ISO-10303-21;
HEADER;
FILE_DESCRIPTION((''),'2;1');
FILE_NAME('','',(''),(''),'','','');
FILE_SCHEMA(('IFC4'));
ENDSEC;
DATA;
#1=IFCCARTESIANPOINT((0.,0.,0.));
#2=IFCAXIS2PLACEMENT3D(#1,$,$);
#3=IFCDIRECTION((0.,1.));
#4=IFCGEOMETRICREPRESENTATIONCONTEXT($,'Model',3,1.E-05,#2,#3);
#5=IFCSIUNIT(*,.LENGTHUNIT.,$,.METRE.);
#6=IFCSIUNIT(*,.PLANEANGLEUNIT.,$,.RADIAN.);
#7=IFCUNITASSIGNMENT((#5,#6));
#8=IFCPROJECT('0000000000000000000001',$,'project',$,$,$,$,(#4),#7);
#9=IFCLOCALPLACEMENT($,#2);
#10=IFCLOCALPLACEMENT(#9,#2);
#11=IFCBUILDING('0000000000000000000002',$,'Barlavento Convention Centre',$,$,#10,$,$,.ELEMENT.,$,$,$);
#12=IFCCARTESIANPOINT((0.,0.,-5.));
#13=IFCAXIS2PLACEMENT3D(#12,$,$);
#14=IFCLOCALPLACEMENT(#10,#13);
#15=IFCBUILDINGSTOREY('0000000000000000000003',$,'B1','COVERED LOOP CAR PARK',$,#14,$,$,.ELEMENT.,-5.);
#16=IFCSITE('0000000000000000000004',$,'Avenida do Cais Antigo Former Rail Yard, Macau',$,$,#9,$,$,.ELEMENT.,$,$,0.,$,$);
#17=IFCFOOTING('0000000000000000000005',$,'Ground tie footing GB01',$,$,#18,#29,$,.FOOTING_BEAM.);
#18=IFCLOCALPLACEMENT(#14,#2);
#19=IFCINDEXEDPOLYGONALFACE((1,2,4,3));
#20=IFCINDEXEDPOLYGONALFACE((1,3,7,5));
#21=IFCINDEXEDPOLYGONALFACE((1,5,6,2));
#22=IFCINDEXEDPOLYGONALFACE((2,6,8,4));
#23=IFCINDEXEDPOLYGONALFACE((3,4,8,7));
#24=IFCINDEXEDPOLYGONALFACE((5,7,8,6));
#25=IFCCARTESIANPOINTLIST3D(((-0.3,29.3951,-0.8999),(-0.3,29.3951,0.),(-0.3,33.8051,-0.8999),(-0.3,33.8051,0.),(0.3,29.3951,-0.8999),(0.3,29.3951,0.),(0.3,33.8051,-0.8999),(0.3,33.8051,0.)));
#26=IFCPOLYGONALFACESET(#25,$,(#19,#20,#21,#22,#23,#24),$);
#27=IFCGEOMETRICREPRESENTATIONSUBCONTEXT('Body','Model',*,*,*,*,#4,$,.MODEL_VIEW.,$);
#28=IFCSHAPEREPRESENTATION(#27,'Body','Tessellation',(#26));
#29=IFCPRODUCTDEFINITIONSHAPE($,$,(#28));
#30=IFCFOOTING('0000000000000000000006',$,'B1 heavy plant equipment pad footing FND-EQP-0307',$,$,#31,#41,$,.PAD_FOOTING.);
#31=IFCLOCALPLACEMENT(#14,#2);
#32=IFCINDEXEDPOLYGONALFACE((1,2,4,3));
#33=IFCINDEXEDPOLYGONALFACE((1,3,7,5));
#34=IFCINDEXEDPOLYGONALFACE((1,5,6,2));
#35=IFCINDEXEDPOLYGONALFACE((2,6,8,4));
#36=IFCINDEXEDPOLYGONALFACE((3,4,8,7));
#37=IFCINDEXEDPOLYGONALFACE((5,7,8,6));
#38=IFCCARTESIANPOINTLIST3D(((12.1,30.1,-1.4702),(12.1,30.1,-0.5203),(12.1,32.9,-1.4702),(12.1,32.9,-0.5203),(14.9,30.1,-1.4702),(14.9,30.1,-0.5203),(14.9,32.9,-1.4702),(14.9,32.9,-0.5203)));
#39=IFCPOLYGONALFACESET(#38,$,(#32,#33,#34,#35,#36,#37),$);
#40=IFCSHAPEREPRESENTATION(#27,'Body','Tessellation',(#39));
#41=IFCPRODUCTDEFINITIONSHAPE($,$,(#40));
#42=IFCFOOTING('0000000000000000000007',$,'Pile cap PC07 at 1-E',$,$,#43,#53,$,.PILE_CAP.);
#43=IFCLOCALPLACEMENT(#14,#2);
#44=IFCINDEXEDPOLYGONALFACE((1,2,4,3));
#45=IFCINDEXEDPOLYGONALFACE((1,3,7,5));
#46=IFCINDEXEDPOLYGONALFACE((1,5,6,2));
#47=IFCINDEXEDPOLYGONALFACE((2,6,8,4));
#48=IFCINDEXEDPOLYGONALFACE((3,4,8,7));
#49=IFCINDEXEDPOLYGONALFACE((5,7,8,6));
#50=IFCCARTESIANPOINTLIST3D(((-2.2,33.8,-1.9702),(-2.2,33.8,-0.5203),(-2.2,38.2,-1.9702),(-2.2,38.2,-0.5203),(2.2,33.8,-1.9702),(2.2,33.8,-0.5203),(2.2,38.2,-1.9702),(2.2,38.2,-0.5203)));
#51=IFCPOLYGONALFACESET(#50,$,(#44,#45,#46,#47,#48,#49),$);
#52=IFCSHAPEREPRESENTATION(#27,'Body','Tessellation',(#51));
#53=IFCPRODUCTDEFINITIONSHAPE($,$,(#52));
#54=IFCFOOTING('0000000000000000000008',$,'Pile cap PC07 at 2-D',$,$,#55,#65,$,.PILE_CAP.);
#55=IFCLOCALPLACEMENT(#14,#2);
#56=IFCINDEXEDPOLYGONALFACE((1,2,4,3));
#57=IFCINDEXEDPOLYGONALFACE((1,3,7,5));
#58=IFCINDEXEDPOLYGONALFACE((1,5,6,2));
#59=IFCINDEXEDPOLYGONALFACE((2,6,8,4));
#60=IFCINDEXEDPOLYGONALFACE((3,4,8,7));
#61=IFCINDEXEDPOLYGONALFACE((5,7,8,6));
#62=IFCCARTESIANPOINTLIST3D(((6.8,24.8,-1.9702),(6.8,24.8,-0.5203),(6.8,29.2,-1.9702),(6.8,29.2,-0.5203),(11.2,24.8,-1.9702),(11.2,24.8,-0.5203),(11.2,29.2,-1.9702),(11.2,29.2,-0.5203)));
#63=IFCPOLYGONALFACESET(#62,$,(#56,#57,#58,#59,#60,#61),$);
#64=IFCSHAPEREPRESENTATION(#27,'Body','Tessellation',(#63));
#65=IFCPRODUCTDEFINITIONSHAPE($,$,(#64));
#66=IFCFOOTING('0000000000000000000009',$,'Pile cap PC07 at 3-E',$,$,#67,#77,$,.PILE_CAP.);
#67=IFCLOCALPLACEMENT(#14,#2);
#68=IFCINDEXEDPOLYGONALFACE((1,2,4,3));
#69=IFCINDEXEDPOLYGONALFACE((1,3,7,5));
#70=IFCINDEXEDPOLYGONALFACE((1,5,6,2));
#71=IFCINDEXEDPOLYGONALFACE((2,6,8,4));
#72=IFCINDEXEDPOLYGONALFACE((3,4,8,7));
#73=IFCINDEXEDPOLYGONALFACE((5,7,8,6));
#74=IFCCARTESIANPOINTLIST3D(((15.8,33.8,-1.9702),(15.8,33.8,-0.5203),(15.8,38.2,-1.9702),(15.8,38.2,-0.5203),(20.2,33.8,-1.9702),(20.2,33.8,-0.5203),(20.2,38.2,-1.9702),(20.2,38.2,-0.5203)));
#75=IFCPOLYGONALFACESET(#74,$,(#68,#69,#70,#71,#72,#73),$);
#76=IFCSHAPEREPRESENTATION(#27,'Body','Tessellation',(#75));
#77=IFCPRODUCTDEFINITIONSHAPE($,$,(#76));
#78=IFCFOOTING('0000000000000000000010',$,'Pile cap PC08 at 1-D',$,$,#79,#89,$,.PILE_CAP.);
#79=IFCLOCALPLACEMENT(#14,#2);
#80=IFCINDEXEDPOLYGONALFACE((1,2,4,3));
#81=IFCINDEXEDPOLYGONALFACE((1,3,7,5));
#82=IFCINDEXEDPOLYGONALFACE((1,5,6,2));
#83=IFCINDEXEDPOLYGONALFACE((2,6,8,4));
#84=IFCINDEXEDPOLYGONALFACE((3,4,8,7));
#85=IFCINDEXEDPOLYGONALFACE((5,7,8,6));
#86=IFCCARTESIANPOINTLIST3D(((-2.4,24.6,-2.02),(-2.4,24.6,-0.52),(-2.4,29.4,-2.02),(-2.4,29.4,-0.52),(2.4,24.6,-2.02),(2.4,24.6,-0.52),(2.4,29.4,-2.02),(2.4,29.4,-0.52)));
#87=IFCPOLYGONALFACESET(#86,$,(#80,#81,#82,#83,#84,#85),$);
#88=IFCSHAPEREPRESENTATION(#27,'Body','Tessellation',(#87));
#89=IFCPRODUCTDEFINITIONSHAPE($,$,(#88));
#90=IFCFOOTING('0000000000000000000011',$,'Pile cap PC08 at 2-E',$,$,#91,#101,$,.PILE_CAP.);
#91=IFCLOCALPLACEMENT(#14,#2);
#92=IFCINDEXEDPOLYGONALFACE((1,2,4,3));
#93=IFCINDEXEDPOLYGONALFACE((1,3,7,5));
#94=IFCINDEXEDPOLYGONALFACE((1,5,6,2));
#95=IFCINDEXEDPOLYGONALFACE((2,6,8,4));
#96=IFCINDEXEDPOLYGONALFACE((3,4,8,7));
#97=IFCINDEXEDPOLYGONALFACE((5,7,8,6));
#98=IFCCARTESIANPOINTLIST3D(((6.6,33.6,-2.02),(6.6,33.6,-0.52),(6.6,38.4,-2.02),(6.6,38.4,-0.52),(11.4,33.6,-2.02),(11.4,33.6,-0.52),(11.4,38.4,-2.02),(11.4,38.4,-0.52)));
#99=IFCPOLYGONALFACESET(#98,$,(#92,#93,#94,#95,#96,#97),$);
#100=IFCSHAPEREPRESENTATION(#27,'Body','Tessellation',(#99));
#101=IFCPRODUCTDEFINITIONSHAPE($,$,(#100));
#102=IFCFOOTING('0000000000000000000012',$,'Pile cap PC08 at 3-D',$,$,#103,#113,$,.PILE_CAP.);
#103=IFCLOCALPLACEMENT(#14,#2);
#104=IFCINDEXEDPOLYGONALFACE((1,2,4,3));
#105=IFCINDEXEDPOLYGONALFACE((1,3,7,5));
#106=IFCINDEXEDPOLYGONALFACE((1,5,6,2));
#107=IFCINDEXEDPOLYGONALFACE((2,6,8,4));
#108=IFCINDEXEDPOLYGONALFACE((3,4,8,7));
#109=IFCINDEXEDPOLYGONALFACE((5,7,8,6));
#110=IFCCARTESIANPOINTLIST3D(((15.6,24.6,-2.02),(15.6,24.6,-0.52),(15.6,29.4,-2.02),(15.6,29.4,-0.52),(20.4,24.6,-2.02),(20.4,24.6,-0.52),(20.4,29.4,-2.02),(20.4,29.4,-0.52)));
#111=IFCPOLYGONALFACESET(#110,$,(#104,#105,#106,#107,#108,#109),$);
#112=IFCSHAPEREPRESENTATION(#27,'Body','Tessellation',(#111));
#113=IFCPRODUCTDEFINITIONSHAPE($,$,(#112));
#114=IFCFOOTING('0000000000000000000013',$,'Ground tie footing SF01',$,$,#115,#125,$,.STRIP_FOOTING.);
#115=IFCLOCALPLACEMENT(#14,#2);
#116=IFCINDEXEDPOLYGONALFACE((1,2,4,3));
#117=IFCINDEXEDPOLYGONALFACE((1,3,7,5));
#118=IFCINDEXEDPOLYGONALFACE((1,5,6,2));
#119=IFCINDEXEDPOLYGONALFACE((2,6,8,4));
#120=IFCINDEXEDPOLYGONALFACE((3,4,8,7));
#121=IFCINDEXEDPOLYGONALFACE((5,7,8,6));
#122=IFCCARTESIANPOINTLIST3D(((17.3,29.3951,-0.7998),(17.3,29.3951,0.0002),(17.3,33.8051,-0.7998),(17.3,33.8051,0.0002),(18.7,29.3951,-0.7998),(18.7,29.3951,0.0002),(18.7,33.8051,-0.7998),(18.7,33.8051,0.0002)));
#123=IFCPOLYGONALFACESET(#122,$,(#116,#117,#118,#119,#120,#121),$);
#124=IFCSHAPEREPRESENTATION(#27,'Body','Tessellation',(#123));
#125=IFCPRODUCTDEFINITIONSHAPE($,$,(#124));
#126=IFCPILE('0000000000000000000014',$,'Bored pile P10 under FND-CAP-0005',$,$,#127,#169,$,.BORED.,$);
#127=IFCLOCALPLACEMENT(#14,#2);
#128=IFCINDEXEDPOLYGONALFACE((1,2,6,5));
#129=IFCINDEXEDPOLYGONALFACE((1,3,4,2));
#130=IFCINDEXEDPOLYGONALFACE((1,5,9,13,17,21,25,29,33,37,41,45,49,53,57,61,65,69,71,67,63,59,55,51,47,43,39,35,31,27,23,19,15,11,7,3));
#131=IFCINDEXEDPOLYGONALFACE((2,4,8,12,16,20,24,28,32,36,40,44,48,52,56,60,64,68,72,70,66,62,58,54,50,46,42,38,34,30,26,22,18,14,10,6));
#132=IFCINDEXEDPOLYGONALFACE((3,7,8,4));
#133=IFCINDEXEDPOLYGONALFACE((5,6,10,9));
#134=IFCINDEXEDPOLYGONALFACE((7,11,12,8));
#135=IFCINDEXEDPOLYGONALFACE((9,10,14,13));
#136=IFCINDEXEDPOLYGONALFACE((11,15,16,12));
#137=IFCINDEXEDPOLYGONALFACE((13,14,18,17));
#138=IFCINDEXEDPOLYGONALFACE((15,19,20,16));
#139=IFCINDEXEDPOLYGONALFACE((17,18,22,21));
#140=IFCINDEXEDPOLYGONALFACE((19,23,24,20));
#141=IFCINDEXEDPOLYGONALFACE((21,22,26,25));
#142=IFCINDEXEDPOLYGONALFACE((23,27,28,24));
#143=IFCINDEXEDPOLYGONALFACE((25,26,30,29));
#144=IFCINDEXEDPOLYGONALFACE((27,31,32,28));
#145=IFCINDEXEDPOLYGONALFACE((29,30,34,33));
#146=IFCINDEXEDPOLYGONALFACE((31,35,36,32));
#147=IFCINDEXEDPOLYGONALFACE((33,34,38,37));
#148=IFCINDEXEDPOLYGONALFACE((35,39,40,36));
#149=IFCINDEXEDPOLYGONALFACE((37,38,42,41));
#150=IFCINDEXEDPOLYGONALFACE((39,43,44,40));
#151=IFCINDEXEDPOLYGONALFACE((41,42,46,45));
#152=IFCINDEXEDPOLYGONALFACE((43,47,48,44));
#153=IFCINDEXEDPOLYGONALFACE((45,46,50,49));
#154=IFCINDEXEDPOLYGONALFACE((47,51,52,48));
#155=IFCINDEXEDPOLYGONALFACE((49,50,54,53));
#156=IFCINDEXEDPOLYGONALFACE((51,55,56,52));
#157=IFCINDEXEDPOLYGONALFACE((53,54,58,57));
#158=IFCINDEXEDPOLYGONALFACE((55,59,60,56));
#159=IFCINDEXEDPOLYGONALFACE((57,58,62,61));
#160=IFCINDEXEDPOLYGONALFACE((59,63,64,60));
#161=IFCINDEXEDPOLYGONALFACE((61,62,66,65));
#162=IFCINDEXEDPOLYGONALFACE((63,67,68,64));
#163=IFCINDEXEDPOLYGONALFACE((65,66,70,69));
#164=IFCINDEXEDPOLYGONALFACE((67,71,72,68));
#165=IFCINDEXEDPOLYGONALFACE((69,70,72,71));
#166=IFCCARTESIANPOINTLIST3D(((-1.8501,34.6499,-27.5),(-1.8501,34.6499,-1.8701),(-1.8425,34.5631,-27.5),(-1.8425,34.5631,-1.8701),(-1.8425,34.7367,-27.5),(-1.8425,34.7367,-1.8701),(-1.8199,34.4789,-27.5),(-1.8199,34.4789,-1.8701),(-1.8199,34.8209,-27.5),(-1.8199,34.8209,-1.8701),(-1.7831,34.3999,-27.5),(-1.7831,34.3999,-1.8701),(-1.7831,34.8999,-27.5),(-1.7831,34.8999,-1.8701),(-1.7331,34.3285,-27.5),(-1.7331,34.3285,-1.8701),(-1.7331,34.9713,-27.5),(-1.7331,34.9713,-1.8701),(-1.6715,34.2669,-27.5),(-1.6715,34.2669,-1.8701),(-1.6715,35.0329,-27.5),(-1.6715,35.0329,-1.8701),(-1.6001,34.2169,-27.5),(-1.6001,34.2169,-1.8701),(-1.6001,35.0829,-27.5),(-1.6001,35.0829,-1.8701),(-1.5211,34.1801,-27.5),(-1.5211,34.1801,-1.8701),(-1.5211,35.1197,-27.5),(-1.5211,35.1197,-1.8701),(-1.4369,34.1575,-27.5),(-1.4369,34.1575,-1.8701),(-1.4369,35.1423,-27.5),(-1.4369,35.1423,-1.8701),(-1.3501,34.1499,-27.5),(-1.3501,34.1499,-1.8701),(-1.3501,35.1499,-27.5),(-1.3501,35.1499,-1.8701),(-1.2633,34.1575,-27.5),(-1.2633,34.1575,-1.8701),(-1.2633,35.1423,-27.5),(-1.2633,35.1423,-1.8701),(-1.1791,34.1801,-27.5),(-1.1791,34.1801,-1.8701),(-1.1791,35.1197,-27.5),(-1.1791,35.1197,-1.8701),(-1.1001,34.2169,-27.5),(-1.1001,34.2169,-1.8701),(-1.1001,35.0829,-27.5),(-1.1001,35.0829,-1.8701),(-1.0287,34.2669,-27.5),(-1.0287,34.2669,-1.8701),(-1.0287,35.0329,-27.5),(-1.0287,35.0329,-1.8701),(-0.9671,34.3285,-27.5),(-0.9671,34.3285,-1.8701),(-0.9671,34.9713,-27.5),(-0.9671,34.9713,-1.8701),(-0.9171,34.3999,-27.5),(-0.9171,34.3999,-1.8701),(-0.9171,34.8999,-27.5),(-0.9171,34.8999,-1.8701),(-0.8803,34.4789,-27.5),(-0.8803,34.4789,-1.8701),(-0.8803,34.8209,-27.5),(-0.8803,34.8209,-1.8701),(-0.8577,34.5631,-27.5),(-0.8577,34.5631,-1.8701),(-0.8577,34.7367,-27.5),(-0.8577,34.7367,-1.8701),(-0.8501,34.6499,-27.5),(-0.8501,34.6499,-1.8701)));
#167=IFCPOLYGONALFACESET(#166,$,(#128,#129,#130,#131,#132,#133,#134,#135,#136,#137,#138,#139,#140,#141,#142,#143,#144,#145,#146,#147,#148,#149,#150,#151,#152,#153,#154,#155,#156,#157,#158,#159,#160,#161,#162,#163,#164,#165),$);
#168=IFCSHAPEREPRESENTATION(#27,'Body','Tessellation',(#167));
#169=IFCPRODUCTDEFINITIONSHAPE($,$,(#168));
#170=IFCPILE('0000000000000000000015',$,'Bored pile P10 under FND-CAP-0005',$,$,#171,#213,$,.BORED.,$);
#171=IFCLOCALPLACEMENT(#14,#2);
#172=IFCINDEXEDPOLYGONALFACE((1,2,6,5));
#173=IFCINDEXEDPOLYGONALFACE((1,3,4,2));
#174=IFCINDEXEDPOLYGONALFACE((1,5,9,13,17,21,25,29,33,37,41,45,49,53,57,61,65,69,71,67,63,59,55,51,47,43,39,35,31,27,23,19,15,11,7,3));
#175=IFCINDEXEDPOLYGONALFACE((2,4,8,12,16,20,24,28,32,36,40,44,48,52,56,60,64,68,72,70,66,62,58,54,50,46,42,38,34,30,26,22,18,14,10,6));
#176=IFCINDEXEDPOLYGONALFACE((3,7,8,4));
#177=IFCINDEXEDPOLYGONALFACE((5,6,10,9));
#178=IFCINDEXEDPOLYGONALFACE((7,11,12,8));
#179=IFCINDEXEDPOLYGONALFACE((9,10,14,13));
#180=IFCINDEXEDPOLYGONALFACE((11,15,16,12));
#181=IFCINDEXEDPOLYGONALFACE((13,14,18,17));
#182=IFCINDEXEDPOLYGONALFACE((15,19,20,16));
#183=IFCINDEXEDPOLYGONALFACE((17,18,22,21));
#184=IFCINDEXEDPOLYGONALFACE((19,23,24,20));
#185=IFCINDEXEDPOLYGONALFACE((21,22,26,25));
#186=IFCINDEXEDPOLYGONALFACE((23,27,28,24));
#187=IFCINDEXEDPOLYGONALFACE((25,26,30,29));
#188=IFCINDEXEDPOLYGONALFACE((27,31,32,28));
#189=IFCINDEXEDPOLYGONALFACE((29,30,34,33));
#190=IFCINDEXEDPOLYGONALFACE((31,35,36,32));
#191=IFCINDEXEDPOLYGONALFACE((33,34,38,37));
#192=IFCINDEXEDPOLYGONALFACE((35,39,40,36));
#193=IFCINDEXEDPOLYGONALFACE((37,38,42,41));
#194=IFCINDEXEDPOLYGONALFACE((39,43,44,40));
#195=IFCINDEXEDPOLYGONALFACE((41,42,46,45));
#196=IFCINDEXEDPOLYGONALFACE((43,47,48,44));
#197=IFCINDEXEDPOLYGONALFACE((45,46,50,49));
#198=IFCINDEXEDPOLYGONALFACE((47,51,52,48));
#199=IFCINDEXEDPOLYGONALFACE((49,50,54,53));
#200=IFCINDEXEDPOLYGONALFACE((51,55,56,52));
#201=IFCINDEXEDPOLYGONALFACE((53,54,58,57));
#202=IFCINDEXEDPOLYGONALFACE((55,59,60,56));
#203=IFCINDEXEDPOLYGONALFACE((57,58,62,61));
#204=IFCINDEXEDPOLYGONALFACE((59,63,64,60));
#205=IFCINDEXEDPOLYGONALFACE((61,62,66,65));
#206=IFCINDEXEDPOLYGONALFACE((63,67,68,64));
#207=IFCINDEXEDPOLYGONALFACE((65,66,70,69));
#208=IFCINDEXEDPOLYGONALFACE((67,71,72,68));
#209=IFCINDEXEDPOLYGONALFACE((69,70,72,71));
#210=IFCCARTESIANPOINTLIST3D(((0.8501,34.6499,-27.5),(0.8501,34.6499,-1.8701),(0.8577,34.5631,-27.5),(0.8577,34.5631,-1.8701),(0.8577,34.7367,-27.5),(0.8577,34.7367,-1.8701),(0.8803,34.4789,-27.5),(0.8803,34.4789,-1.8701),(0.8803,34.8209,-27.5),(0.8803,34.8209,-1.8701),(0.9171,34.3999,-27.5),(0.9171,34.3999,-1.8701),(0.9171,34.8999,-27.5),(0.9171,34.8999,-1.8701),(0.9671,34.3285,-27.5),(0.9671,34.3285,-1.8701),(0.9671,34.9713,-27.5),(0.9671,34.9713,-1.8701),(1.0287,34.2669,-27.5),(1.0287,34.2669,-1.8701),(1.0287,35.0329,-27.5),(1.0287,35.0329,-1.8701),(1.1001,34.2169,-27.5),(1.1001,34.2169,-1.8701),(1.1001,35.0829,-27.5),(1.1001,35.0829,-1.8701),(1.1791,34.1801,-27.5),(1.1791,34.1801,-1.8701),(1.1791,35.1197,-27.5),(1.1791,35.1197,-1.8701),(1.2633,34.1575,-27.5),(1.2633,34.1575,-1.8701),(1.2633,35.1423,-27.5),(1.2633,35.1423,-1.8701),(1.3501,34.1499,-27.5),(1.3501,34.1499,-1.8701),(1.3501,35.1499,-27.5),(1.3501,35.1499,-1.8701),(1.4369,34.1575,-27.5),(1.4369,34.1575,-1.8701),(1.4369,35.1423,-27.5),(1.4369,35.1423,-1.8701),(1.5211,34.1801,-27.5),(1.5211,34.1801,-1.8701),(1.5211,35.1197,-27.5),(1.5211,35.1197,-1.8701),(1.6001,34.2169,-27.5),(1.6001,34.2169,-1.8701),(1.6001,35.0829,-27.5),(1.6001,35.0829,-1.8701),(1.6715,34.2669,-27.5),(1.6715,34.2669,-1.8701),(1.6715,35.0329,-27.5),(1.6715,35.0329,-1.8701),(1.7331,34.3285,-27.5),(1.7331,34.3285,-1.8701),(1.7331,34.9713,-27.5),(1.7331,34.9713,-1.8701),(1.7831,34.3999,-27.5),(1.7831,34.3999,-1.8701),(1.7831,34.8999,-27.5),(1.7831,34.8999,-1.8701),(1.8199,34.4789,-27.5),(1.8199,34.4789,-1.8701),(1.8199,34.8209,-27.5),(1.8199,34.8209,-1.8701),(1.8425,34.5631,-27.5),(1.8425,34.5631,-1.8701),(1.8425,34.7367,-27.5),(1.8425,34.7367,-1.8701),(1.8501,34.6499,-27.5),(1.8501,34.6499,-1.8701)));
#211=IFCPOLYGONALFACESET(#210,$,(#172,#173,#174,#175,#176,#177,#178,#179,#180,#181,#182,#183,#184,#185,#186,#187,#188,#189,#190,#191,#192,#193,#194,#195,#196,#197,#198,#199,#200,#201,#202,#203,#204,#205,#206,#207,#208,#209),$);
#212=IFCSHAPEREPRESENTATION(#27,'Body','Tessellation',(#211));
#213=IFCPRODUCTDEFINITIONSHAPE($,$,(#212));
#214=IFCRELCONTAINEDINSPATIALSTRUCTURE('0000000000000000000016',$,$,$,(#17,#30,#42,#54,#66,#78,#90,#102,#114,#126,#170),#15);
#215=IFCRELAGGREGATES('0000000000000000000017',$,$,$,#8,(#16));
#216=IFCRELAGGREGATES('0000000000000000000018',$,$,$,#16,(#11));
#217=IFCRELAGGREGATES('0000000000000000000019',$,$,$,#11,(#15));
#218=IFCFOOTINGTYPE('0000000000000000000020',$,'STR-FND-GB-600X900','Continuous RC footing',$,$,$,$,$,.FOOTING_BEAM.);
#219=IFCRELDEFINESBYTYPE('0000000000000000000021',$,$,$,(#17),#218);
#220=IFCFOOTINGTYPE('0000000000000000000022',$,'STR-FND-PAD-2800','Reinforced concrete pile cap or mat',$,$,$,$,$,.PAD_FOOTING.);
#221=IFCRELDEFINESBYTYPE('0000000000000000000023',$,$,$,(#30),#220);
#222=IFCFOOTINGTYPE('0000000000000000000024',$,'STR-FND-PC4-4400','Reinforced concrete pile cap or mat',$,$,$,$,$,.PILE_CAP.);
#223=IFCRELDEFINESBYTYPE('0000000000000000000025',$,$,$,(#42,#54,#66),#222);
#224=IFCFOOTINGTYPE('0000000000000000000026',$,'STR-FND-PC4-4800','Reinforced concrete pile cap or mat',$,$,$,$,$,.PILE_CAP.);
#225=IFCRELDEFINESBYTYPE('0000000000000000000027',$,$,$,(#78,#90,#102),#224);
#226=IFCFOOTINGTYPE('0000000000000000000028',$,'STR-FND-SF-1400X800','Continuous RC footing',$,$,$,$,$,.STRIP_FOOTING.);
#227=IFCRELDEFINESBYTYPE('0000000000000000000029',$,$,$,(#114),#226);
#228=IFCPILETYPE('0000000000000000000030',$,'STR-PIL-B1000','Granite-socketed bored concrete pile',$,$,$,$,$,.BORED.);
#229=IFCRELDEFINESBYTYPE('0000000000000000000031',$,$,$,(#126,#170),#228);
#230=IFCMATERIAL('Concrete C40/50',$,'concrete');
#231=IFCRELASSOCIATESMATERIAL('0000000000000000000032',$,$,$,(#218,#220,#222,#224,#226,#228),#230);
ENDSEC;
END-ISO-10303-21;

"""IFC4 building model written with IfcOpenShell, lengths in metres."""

from ifc_helpers import new_model, si_unit, direction, frame, origin, origin_2d, place, context, subcontext, project, spatial, rectangle, circle, extrude, material, material_profile, profile_set, type_object, element, save


model = new_model("IFC4")

# Units and contexts
model_context = context("Model", 3, precision=1e-05, world=origin(), true_north=direction((0.0, 1.0)))
body_context = subcontext(model_context, "Body", "Model", "MODEL_VIEW")
ifc_project = project(units=[si_unit("LENGTHUNIT", "METRE"), si_unit("PLANEANGLEUNIT", "RADIAN")], contexts=[model_context])

# Site, building, storey
site_placement = place(None, origin())
site = spatial("IfcSite", under=ifc_project, at=site_placement, Name="Avenida do Cais Antigo Former Rail Yard, Macau", CompositionType="ELEMENT", RefElevation=0.0)
building_placement = place(site_placement, origin())
building = spatial("IfcBuilding", under=site, at=building_placement, Name="Barlavento Convention Centre", CompositionType="ELEMENT")
storey_placement = place(building_placement, frame((0.0, 0.0, -5.0)))
storey = spatial("IfcBuildingStorey", under=building, at=storey_placement, Name="B1", Description="COVERED LOOP CAR PARK", CompositionType="ELEMENT", Elevation=-5.0)

# Footings
ifc_material_1 = material(Name="Concrete C40/50", Category="concrete")
footing_type_1 = type_object("IfcFootingType", Name="STR-FND-GB-600X900", Description="Continuous RC footing", PredefinedType="FOOTING_BEAM", material=ifc_material_1)
footing_1_placement = place(storey_placement, frame((0.0, 31.6001, -0.8999), z_axis=(0.0, 0.0, 1.0), x_axis=(1.0, 0.0, 0.0)))
element("IfcFooting", 1, at=footing_1_placement, inside=storey, type_object=footing_type_1, Name="Ground tie footing GB01", PredefinedType="FOOTING_BEAM", context=body_context, shape_type="SweptSolid", body=[
    extrude(rectangle(XDim=0.6001, YDim=4.4099, at=origin_2d()), origin(), (0.0, 0.0, 1.0), 0.8999),
])
footing_type_2 = type_object("IfcFootingType", Name="STR-FND-PAD-2800", Description="Reinforced concrete pile cap or mat", PredefinedType="PAD_FOOTING", material=ifc_material_1)
footing_2_placement = place(storey_placement, frame((13.5, 31.5, -1.4702), z_axis=(0.0, 0.0, 1.0), x_axis=(1.0, 0.0, 0.0)))
element("IfcFooting", 2, at=footing_2_placement, inside=storey, type_object=footing_type_2, Name="B1 heavy plant equipment pad footing FND-EQP-0307", PredefinedType="PAD_FOOTING", context=body_context, shape_type="SweptSolid", body=[
    extrude(rectangle(XDim=2.8, YDim=2.8, at=origin_2d()), origin(), (0.0, 0.0, 1.0), 0.95),
])
footing_type_3 = type_object("IfcFootingType", Name="STR-FND-PC4-4400", Description="Reinforced concrete pile cap or mat", PredefinedType="PILE_CAP", material=ifc_material_1)
for number, where, z_axis, x_axis, name in (
    (3, (0.0, 36.0, -1.9702), (0.0, 0.0, 1.0), (1.0, 0.0, 0.0), "Pile cap PC07 at 1-E"),
    (4, (9.0, 27.0, -1.9702), (0.0, 0.0, 1.0), (1.0, 0.0, 0.0), "Pile cap PC07 at 2-D"),
    (5, (18.0, 36.0, -1.9702), (0.0, 0.0, 1.0), (1.0, 0.0, 0.0), "Pile cap PC07 at 3-E"),
):
    element("IfcFooting", number, at=place(storey_placement, frame(where, z_axis=z_axis, x_axis=x_axis)), inside=storey, type_object=footing_type_3, Name=name, PredefinedType="PILE_CAP", context=body_context, shape_type="SweptSolid", body=[
        extrude(rectangle(XDim=4.3999, YDim=4.3999, at=origin_2d()), origin(), (0.0, 0.0, 1.0), 1.45),
    ])
footing_type_4 = type_object("IfcFootingType", Name="STR-FND-PC4-4800", Description="Reinforced concrete pile cap or mat", PredefinedType="PILE_CAP", material=ifc_material_1)
for number, where, z_axis, x_axis, name in (
    (6, (0.0, 27.0, -2.02), (0.0, 0.0, 1.0), (1.0, 0.0, 0.0), "Pile cap PC08 at 1-D"),
    (7, (9.0, 36.0, -2.02), (0.0, 0.0, 1.0), (1.0, 0.0, 0.0), "Pile cap PC08 at 2-E"),
    (8, (18.0, 27.0, -2.02), (0.0, 0.0, 1.0), (1.0, 0.0, 0.0), "Pile cap PC08 at 3-D"),
):
    element("IfcFooting", number, at=place(storey_placement, frame(where, z_axis=z_axis, x_axis=x_axis)), inside=storey, type_object=footing_type_4, Name=name, PredefinedType="PILE_CAP", context=body_context, shape_type="SweptSolid", body=[
        extrude(rectangle(XDim=4.8, YDim=4.8, at=origin_2d()), origin(), (0.0, 0.0, 1.0), 1.5),
    ])
footing_type_5 = type_object("IfcFootingType", Name="STR-FND-SF-1400X800", Description="Continuous RC footing", PredefinedType="STRIP_FOOTING", material=ifc_material_1)
footing_3_placement = place(storey_placement, frame((18.0, 31.6001, -0.7998), z_axis=(0.0, 0.0, 1.0), x_axis=(1.0, 0.0, 0.0)))
element("IfcFooting", 9, at=footing_3_placement, inside=storey, type_object=footing_type_5, Name="Ground tie footing SF01", PredefinedType="STRIP_FOOTING", context=body_context, shape_type="SweptSolid", body=[
    extrude(rectangle(XDim=1.3999, YDim=4.4099, at=origin_2d()), origin(), (0.0, 0.0, 1.0), 0.8),
])

# Piles
ifc_material_profile_1 = material_profile(ifc_material_1, circle(Radius=0.5, at=origin_2d()), Name="BORED PILE 1000")
ifc_profile_set_1 = profile_set([ifc_material_profile_1], Name="Concrete C40/50")
pile_type_1 = type_object("IfcPileType", Name="STR-PIL-B1000", Description="Granite-socketed bored concrete pile", PredefinedType="BORED", material=ifc_profile_set_1)
for number, where, z_axis, x_axis, name in (
    (10, (-1.3501, 34.6499, -1.8701), (0.0, 0.0, -1.0), (1.0, 0.0, 0.0), "Bored pile P10 under FND-CAP-0005"),
    (11, (1.3501, 34.6499, -1.8701), (0.0, 0.0, -1.0), (1.0, 0.0, 0.0), "Bored pile P10 under FND-CAP-0005"),
):
    element("IfcPile", number, at=place(storey_placement, frame(where, z_axis=z_axis, x_axis=x_axis)), inside=storey, type_object=pile_type_1, Name=name, PredefinedType="BORED", context=body_context, shape_type="SweptSolid", body=[
        extrude(circle(Radius=0.5, at=origin_2d()), origin(), (0.0, 0.0, 1.0), 25.6299),
    ])

save(model, "model.ifc")
